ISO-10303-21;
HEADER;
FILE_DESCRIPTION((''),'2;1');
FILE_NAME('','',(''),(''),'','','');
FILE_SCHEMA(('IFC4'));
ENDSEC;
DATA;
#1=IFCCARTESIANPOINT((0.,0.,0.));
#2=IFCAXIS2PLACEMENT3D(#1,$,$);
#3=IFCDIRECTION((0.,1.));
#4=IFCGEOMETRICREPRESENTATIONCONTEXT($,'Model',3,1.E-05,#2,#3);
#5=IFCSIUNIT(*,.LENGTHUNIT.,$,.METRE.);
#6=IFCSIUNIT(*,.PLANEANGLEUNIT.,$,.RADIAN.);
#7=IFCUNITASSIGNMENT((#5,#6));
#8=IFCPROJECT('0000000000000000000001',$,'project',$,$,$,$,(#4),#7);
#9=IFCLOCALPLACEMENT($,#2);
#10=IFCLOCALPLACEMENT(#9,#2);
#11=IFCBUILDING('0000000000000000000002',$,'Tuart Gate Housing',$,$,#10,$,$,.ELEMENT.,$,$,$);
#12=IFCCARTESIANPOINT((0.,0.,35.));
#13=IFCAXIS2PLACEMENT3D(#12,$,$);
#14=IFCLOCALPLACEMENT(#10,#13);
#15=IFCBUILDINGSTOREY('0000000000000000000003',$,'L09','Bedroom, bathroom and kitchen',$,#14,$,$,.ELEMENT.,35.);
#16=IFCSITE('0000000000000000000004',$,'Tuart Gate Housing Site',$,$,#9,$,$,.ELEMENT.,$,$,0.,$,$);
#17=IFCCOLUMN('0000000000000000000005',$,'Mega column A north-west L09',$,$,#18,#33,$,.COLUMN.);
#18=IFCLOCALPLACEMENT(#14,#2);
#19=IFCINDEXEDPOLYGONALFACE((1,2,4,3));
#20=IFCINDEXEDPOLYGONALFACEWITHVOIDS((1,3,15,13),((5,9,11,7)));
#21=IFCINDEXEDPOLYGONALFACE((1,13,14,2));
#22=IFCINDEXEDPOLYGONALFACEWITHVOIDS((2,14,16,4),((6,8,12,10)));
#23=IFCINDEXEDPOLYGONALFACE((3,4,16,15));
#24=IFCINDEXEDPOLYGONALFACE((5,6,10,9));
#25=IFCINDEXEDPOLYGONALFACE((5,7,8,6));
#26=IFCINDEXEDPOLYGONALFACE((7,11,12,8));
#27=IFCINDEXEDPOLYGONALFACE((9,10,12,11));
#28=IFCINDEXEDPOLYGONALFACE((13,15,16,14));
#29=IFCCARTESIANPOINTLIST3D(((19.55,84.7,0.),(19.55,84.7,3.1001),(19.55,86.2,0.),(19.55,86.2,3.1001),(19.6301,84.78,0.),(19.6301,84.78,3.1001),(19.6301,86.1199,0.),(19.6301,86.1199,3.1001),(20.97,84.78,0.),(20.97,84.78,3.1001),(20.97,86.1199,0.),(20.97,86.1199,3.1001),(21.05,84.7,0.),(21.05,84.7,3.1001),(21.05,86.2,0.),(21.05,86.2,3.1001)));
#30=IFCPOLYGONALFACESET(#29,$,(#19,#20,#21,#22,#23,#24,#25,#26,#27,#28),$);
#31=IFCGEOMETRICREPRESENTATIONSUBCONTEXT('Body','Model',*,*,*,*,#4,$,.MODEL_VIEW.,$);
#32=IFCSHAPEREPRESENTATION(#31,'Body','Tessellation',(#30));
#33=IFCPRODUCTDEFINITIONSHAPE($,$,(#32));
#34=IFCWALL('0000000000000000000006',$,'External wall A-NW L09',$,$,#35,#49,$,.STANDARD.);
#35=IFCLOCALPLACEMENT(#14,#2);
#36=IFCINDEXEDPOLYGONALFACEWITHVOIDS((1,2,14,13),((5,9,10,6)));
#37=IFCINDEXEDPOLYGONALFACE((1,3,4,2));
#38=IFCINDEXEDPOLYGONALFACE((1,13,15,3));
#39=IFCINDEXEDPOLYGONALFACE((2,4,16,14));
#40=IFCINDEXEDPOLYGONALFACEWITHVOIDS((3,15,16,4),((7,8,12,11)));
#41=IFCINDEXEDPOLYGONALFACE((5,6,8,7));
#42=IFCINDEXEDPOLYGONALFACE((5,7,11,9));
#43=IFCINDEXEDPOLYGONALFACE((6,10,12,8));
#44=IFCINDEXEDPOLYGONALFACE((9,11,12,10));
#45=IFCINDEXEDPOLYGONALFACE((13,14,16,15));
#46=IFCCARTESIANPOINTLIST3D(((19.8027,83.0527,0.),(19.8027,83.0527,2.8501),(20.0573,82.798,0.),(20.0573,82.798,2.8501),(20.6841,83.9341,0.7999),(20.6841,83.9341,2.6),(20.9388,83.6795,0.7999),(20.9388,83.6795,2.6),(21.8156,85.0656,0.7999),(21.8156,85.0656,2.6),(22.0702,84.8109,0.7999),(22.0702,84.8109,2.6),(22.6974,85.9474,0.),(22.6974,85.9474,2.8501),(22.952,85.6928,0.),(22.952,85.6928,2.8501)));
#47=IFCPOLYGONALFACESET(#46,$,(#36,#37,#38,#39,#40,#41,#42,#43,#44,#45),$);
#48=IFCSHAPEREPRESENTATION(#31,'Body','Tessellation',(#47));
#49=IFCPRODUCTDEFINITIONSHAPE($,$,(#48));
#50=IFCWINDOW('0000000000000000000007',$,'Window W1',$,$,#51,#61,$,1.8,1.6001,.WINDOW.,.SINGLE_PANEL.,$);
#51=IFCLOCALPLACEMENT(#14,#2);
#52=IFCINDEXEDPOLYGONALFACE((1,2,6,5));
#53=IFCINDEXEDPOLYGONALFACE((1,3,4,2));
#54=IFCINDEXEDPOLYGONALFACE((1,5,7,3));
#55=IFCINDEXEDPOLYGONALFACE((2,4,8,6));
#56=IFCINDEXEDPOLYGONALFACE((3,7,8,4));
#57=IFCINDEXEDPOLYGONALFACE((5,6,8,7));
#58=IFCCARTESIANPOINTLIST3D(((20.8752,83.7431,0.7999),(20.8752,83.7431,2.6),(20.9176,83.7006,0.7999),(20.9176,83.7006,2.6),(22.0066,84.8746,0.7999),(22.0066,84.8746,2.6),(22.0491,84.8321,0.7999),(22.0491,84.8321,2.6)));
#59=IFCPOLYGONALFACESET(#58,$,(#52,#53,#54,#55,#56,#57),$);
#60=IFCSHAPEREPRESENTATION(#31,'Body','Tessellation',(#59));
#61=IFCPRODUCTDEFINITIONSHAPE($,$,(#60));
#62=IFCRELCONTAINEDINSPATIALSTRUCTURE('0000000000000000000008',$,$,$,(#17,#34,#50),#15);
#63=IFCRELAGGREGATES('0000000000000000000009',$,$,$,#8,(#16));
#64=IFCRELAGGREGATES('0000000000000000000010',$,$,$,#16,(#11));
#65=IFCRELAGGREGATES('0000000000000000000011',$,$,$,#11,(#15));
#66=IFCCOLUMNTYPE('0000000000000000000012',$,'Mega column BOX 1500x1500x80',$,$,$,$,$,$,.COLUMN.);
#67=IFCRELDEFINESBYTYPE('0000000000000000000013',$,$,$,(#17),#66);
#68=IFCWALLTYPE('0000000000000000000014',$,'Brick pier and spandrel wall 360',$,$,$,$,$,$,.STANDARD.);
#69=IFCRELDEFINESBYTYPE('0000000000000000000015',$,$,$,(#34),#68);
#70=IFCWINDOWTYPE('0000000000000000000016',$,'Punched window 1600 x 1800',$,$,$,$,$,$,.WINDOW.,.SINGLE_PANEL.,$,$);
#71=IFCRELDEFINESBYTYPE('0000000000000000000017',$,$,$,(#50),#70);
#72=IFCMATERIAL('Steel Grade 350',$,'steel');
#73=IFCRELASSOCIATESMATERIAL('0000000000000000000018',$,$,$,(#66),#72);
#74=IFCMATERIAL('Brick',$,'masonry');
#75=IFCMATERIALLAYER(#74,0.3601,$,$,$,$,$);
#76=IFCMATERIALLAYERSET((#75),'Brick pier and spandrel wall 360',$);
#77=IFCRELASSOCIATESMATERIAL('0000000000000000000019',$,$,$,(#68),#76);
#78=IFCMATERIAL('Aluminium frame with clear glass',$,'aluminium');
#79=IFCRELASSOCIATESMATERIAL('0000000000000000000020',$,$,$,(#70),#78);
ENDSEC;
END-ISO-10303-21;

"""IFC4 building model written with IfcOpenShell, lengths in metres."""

from ifc_helpers import new_model, si_unit, direction, frame, frame_2d, origin, origin_2d, place, context, subcontext, project, spatial, rectangle, hollow_rectangle, extrude, material, layer, layer_set, material_profile, profile_set, type_object, element, fill, save


model = new_model("IFC4")

# Units and contexts
model_context = context("Model", 3, precision=1e-05, world=origin(), true_north=direction((0.0, 1.0)))
body_context = subcontext(model_context, "Body", "Model", "MODEL_VIEW")
ifc_project = project(units=[si_unit("LENGTHUNIT", "METRE"), si_unit("PLANEANGLEUNIT", "RADIAN")], contexts=[model_context])

# Site, building, storey
site_placement = place(None, origin())
site = spatial("IfcSite", under=ifc_project, at=site_placement, Name="Tuart Gate Housing Site", CompositionType="ELEMENT", RefElevation=0.0)
building_placement = place(site_placement, origin())
building = spatial("IfcBuilding", under=site, at=building_placement, Name="Tuart Gate Housing", CompositionType="ELEMENT")
storey_placement = place(building_placement, frame((0.0, 0.0, 35.0)))
storey = spatial("IfcBuildingStorey", under=building, at=storey_placement, Name="L09", Description="Bedroom, bathroom and kitchen", CompositionType="ELEMENT", Elevation=35.0)

# Column
ifc_material_1 = material(Name="Steel Grade 350", Category="steel")
ifc_material_profile = material_profile(ifc_material_1, hollow_rectangle(XDim=1.5, YDim=1.5, WallThickness=0.0801, at=origin_2d()), Name="BOX 1500x1500x80")
ifc_profile_set = profile_set([ifc_material_profile], Name="Steel Grade 350")
column_type = type_object("IfcColumnType", Name="Mega column BOX 1500x1500x80", PredefinedType="COLUMN", material=ifc_profile_set)
column_placement = place(storey_placement, frame((20.3, 85.45, 0.0), z_axis=(0.0, 0.0, 1.0), x_axis=(1.0, 0.0, 0.0)))
element("IfcColumn", 1, at=column_placement, inside=storey, type_object=column_type, Name="Mega column A north-west L09", PredefinedType="COLUMN", context=body_context, shape_type="SweptSolid", body=[
    extrude(hollow_rectangle(XDim=1.5, YDim=1.5, WallThickness=0.0801, at=origin_2d()), origin(), (0.0, 0.0, 1.0), 3.1001),
])

# Wall, opening, window
ifc_material_2 = material(Name="Brick", Category="masonry")
ifc_layer_1 = layer(ifc_material_2, 0.3601)
ifc_layer_set_1 = layer_set([ifc_layer_1], Name="Brick pier and spandrel wall 360")
wall_type_1 = type_object("IfcWallType", Name="Brick pier and spandrel wall 360", PredefinedType="STANDARD", material=ifc_layer_set_1)
wall_1_placement = place(storey_placement, frame((22.8247, 85.8201, 0.0), z_axis=(0.0, 0.0, 1.0), x_axis=(-0.707107, -0.707107, 0.0)))
wall_1 = element("IfcWall", 2, at=wall_1_placement, inside=storey, type_object=wall_type_1, Name="External wall A-NW L09", PredefinedType="STANDARD", context=body_context, shape_type="SweptSolid", body=[
    extrude(rectangle(XDim=4.0938, YDim=0.3601, at=frame_2d((2.0469, 0.0))), origin(), (0.0, 0.0, 1.0), 2.8501),
])
opening_1_placement = place(wall_1_placement, frame((1.2471, 0.0, 0.8)))
opening_1 = element("IfcOpeningElement", 3, at=opening_1_placement, cuts=wall_1, PredefinedType="OPENING", context=body_context, shape_type="SweptSolid", body=[
    extrude(rectangle(XDim=1.6001, YDim=1.8, at=frame_2d((0.8, 0.8999))), frame((0.0, 0.1899, 0.0), z_axis=(0.0, -1.0, 0.0), x_axis=(1.0, 0.0, 0.0)), (0.0, 0.0, 1.0), 0.3801),
])
ifc_material_3 = material(Name="Aluminium frame with clear glass", Category="aluminium")
window_type = type_object("IfcWindowType", Name="Punched window 1600 x 1800", PartitioningType="SINGLE_PANEL", PredefinedType="WINDOW", material=ifc_material_3)
window_1_placement = place(opening_1_placement, origin())
window_1 = element("IfcWindow", 4, at=window_1_placement, inside=storey, type_object=window_type, Name="Window W1", OverallHeight=1.8, OverallWidth=1.6001, PartitioningType="SINGLE_PANEL", PredefinedType="WINDOW", context=body_context, shape_type="SweptSolid", body=[
    extrude(rectangle(XDim=1.6001, YDim=1.8, at=frame_2d((0.8, 0.8999))), frame((0.0, 0.1501, 0.0), z_axis=(0.0, -1.0, 0.0), x_axis=(1.0, 0.0, 0.0)), (0.0, 0.0, 1.0), 0.0601),
])
fill(opening_1, window_1)

save(model, "model.ifc")
